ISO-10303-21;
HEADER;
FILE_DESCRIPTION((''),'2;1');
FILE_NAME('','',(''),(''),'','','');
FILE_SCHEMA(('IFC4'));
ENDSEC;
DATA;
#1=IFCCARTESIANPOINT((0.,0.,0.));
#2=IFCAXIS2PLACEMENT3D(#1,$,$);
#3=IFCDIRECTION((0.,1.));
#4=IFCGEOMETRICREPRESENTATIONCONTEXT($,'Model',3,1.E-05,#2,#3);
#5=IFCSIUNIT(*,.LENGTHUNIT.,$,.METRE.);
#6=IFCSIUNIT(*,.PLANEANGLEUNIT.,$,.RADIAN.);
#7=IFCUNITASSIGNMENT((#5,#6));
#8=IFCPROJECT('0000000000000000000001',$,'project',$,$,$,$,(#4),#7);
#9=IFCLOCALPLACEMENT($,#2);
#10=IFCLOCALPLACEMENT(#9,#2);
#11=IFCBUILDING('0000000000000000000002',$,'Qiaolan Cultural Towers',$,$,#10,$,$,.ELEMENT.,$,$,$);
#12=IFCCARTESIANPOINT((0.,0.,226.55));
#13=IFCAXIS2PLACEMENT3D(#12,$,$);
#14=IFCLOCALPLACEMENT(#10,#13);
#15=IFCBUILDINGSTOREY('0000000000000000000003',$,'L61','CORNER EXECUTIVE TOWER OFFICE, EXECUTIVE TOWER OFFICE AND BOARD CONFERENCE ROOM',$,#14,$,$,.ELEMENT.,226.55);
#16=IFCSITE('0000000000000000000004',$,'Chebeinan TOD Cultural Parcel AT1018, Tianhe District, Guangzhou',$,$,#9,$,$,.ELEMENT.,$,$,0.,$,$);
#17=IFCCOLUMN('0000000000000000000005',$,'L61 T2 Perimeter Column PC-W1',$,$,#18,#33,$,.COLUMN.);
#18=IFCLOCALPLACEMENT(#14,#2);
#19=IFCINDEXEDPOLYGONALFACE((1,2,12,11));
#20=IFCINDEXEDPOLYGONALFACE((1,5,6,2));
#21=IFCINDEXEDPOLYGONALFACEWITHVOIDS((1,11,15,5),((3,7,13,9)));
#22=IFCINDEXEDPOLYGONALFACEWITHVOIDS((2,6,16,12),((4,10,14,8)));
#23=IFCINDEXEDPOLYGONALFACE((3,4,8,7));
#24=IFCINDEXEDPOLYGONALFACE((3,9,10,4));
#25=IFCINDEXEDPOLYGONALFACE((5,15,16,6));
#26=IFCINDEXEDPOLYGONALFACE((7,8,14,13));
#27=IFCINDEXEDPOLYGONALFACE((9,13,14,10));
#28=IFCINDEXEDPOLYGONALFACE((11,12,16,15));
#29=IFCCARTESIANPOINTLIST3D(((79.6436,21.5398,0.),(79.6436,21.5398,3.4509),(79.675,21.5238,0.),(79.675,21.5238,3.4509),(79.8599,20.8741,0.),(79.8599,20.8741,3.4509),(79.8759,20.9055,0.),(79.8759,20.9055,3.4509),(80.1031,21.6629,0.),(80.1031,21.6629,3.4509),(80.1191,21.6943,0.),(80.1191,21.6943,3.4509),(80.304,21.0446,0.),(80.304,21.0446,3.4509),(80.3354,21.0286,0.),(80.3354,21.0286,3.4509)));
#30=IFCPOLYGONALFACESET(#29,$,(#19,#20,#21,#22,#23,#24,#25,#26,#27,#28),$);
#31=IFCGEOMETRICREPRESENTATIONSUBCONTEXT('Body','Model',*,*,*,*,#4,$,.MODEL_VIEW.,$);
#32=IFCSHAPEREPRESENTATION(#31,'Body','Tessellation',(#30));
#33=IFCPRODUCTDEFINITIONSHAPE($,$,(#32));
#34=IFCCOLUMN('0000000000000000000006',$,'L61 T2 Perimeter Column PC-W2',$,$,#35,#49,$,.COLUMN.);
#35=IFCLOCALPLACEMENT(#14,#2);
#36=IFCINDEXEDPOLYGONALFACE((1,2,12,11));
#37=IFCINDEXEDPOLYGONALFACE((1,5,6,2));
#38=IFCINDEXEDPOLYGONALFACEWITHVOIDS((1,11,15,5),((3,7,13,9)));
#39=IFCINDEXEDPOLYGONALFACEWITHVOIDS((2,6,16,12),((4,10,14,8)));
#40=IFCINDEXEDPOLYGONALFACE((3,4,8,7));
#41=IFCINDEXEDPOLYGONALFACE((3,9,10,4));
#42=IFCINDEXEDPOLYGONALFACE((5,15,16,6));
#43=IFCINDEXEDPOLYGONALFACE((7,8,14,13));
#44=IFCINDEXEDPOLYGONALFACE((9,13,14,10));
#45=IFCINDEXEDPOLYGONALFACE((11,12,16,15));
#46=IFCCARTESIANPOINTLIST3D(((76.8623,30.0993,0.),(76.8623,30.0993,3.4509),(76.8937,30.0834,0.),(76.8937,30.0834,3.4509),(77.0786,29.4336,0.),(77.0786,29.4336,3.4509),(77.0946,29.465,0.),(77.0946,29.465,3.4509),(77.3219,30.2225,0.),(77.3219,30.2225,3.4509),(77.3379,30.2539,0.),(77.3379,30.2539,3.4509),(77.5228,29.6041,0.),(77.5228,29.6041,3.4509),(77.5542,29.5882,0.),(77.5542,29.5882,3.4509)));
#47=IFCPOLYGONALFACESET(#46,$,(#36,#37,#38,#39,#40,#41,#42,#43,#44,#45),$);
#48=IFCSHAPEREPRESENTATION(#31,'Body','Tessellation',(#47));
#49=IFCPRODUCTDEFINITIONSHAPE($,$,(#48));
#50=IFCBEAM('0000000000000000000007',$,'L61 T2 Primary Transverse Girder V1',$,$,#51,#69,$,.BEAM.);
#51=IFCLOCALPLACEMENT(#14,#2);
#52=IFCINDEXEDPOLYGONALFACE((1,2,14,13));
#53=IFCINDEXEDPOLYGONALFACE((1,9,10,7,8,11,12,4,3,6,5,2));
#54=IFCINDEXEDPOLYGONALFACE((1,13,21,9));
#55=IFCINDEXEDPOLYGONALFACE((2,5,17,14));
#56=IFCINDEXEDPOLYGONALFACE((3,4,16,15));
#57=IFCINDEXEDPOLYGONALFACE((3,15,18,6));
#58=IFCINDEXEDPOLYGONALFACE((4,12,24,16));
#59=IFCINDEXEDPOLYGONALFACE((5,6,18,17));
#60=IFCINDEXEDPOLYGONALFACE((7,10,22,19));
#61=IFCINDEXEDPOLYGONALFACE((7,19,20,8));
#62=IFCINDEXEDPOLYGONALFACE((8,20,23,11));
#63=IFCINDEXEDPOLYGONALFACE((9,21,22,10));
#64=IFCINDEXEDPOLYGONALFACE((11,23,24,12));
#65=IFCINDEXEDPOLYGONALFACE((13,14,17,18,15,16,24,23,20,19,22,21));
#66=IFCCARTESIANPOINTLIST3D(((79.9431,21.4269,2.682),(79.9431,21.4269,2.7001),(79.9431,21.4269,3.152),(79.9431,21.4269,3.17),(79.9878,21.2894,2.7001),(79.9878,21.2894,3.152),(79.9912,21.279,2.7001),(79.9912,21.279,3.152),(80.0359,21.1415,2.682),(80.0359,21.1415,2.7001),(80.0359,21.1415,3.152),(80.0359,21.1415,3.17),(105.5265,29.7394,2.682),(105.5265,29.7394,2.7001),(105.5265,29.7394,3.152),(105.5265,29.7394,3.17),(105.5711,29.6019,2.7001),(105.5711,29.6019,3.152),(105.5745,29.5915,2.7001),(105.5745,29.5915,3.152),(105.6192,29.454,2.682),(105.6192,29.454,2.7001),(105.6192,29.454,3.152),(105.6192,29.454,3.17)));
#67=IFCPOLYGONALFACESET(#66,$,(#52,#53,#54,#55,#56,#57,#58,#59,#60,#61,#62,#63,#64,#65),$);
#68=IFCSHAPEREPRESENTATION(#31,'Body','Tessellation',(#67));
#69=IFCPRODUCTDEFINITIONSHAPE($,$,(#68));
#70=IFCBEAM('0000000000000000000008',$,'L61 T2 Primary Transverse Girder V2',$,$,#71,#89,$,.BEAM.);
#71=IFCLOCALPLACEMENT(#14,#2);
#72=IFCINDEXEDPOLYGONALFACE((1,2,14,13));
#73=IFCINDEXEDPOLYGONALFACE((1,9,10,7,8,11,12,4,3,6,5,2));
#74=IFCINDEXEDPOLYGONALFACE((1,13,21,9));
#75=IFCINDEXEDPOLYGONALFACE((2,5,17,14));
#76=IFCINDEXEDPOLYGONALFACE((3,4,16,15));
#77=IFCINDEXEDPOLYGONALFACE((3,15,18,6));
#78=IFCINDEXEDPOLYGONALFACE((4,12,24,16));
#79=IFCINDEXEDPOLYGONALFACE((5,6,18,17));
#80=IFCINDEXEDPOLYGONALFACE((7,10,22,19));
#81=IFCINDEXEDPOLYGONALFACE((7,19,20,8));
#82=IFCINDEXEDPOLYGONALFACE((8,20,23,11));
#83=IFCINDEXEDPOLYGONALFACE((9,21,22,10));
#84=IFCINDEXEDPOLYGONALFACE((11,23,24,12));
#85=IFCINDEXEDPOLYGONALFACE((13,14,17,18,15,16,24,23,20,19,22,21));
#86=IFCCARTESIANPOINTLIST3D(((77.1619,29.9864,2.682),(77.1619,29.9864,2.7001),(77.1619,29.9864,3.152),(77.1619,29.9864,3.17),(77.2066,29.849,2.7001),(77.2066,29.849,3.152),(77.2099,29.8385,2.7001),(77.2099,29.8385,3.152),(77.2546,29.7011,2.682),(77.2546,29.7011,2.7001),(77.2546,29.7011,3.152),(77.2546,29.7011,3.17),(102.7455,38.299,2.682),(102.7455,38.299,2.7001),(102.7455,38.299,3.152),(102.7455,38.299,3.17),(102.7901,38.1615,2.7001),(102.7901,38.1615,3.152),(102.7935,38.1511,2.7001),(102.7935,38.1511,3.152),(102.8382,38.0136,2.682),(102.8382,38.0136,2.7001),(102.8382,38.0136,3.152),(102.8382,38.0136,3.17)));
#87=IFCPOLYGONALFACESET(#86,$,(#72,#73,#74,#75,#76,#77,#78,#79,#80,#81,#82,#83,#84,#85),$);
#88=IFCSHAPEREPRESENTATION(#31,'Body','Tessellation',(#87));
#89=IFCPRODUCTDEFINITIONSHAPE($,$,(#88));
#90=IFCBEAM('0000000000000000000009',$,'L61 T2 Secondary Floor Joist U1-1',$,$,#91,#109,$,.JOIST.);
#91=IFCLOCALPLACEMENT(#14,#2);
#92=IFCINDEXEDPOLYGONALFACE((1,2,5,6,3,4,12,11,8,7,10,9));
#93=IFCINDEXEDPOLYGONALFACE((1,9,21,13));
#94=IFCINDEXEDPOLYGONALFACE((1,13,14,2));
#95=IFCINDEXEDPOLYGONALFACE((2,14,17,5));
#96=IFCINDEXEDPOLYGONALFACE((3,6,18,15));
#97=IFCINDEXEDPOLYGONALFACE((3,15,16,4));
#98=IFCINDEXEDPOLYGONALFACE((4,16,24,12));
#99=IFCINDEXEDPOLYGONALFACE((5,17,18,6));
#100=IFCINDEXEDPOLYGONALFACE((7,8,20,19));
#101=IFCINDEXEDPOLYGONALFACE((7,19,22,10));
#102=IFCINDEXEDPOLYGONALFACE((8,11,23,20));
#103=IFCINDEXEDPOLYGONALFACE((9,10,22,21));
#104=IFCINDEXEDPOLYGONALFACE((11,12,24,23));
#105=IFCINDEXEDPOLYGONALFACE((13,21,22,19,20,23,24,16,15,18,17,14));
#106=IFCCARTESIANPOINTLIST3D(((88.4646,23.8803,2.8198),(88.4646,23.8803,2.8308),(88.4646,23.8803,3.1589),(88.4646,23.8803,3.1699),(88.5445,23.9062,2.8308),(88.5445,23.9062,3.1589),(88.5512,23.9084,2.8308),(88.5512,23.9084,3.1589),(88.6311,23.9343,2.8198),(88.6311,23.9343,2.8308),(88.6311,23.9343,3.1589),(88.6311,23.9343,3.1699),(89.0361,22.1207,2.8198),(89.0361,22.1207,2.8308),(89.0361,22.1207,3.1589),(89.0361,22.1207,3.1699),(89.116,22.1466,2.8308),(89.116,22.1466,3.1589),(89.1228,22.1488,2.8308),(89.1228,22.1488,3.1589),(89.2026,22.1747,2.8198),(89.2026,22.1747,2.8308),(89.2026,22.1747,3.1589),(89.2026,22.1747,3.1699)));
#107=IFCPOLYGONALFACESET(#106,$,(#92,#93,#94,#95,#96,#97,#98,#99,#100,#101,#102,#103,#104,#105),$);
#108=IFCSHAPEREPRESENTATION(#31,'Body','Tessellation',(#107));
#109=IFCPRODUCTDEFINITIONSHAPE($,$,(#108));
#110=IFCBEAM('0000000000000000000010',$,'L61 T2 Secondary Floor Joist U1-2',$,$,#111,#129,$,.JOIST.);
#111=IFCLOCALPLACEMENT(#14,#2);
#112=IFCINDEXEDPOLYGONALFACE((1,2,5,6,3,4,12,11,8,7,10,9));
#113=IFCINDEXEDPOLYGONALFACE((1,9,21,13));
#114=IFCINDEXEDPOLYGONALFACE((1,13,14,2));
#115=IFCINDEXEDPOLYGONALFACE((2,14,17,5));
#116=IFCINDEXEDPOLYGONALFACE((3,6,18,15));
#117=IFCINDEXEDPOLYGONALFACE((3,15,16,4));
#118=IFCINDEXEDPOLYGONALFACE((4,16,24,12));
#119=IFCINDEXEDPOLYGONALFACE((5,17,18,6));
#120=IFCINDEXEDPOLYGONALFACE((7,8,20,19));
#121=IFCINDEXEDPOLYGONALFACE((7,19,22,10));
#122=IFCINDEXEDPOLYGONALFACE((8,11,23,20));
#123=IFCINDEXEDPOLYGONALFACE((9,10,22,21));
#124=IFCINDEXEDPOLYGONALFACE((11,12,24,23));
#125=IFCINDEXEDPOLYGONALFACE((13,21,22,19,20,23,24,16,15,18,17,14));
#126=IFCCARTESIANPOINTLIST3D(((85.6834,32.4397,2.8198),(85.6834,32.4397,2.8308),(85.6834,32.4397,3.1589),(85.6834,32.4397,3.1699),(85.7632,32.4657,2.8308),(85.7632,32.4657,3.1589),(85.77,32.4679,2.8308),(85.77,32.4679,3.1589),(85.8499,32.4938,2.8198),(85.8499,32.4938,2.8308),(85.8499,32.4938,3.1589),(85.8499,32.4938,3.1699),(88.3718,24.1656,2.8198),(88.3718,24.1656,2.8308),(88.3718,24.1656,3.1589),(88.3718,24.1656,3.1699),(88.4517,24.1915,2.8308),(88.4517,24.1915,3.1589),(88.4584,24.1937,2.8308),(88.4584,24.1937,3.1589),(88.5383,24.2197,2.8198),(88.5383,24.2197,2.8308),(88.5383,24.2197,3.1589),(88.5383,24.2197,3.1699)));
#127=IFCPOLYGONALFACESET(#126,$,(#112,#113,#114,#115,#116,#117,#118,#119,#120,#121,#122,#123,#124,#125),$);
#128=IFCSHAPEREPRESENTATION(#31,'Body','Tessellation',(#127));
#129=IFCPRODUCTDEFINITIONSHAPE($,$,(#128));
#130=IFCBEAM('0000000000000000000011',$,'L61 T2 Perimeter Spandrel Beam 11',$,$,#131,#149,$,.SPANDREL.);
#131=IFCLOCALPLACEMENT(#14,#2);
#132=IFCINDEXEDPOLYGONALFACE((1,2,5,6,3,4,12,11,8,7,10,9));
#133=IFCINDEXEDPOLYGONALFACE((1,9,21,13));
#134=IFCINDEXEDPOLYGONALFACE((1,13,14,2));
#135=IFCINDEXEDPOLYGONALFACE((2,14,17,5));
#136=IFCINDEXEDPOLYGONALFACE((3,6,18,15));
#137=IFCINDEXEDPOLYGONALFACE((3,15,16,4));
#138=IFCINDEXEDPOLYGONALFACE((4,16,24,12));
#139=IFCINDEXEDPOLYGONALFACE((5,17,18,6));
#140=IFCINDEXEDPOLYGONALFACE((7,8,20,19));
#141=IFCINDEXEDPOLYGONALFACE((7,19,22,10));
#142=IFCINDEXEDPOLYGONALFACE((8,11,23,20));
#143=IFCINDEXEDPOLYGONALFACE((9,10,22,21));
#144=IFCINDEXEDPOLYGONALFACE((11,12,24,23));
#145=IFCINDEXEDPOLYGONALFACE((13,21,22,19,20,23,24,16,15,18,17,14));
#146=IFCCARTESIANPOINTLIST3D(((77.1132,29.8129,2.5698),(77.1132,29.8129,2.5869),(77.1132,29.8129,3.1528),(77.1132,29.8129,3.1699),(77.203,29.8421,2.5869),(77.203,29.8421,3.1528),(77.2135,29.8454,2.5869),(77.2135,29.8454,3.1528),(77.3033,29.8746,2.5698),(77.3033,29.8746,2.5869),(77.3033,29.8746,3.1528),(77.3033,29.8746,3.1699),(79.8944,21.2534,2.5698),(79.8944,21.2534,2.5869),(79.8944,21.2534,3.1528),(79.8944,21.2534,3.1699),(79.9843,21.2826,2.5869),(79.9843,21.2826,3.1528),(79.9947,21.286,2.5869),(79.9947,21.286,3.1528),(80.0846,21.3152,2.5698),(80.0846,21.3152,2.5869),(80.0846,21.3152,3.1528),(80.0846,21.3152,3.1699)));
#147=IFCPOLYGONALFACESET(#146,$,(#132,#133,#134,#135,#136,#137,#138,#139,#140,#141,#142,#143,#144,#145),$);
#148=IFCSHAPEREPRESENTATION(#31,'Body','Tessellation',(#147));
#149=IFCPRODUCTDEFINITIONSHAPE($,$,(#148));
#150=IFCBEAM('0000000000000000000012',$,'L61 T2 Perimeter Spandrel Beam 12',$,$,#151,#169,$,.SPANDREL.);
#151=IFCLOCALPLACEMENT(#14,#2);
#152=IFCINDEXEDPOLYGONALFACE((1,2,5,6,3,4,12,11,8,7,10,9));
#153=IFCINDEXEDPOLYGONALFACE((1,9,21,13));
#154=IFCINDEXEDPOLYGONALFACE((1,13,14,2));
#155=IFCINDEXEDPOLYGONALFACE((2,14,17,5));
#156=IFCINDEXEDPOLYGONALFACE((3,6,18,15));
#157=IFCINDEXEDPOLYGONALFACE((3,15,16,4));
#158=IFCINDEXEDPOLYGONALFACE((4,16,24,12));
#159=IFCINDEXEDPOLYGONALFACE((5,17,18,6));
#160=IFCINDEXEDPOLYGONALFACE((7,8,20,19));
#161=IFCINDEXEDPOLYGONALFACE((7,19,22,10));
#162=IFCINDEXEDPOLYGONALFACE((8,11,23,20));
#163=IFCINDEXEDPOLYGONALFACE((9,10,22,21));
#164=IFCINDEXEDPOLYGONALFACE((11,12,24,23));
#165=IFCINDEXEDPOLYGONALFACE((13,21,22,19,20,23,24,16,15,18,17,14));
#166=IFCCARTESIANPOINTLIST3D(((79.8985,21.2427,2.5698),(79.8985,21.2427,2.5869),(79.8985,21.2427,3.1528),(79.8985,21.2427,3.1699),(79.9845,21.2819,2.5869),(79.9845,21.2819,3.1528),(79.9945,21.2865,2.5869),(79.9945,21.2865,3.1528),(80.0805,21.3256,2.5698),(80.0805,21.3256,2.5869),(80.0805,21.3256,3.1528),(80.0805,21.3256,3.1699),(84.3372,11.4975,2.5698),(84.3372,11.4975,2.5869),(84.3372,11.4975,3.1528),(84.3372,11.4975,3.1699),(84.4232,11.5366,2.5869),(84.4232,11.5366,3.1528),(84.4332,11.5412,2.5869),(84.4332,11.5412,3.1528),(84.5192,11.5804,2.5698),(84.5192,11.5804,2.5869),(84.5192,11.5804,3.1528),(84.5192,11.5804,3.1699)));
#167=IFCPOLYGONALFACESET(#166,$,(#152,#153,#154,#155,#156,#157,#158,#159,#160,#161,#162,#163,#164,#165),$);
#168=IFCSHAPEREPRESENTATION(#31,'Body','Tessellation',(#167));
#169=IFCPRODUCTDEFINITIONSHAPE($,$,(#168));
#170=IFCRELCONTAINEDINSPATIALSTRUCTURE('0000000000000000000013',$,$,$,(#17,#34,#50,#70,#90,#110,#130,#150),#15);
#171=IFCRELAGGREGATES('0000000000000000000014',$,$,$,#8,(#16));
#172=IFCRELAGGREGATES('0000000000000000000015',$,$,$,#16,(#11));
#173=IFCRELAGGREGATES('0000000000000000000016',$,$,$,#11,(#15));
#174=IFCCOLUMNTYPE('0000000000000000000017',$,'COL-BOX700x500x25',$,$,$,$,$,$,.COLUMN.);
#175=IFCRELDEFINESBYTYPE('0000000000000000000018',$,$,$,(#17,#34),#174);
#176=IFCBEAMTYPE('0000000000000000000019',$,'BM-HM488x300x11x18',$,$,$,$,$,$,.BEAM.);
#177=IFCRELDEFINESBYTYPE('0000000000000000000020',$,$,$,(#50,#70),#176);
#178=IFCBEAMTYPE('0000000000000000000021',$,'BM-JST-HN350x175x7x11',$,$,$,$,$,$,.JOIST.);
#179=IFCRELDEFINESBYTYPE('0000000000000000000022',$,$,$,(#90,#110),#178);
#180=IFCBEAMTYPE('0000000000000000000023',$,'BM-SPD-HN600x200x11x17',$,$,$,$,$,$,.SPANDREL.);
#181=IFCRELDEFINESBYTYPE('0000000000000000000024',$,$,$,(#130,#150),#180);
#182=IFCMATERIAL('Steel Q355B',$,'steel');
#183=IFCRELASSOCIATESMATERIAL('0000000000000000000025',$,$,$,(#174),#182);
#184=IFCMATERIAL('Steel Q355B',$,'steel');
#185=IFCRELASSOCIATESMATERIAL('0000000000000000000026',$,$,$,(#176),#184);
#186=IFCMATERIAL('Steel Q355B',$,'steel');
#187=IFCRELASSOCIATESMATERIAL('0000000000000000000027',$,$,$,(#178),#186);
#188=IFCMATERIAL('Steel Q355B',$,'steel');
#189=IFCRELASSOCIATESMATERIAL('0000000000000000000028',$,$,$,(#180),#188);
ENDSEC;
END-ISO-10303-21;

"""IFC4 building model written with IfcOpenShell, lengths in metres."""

from ifc_helpers import new_model, si_unit, direction, frame, origin, origin_2d, place, context, subcontext, project, spatial, hollow_rectangle, i_section, extrude, material, material_profile, profile_set, type_object, element, save


model = new_model("IFC4")

# Units and contexts
model_context = context("Model", 3, precision=1e-05, world=origin(), true_north=direction((0.0, 1.0)))
body_context = subcontext(model_context, "Body", "Model", "MODEL_VIEW")
ifc_project = project(units=[si_unit("LENGTHUNIT", "METRE"), si_unit("PLANEANGLEUNIT", "RADIAN")], contexts=[model_context])

# Site, building, storey
site_placement = place(None, origin())
site = spatial("IfcSite", under=ifc_project, at=site_placement, Name="Chebeinan TOD Cultural Parcel AT1018, Tianhe District, Guangzhou", CompositionType="ELEMENT", RefElevation=0.0)
building_placement = place(site_placement, origin())
building = spatial("IfcBuilding", under=site, at=building_placement, Name="Qiaolan Cultural Towers", CompositionType="ELEMENT")
storey_placement = place(building_placement, frame((0.0, 0.0, 226.55)))
storey = spatial("IfcBuildingStorey", under=building, at=storey_placement, Name="L61", Description="CORNER EXECUTIVE TOWER OFFICE, EXECUTIVE TOWER OFFICE AND BOARD CONFERENCE ROOM", CompositionType="ELEMENT", Elevation=226.55)

# Columns
ifc_material_1 = material(Name="Steel Q355B", Category="steel")
ifc_material_profile_1 = material_profile(ifc_material_1, hollow_rectangle(XDim=0.5, YDim=0.7, WallThickness=0.0249, at=origin_2d()), Name="BOX700x500x25")
ifc_profile_set_1 = profile_set([ifc_material_profile_1], Name="Steel Q355B")
column_type = type_object("IfcColumnType", Name="COL-BOX700x500x25", PredefinedType="COLUMN", material=ifc_profile_set_1)
for number, where, z_axis, x_axis, name in (
    (1, (79.9895, 21.2842, 0.0), (0.0, 0.0, 1.0), (0.951057, 0.309017, 0.0), "L61 T2 Perimeter Column PC-W1"),
    (2, (77.2083, 29.8438, 0.0), (0.0, 0.0, 1.0), (0.951057, 0.309017, 0.0), "L61 T2 Perimeter Column PC-W2"),
):
    element("IfcColumn", number, at=place(storey_placement, frame(where, z_axis=z_axis, x_axis=x_axis)), inside=storey, type_object=column_type, Name=name, PredefinedType="COLUMN", context=body_context, shape_type="SweptSolid", body=[
        extrude(hollow_rectangle(XDim=0.5, YDim=0.7, WallThickness=0.0249, at=origin_2d()), origin(), (0.0, 0.0, 1.0), 3.4509),
    ])

# Beams
ifc_material_2 = material(Name="Steel Q355B", Category="steel")
ifc_material_profile_2 = material_profile(ifc_material_2, i_section(OverallWidth=0.3, OverallDepth=0.488, WebThickness=0.011, FlangeThickness=0.0181, at=origin_2d()), Name="HM488x300x11x18")
ifc_profile_set_2 = profile_set([ifc_material_profile_2], Name="Steel Q355B")
beam_type_1 = type_object("IfcBeamType", Name="BM-HM488x300x11x18", PredefinedType="BEAM", material=ifc_profile_set_2)
beam_1_placement = place(storey_placement, frame((79.9895, 21.2842, 2.926), z_axis=(0.951057, 0.309017, 0.0), x_axis=(-0.309017, 0.951057, 0.0)))
element("IfcBeam", 3, at=beam_1_placement, inside=storey, type_object=beam_type_1, Name="L61 T2 Primary Transverse Girder V1", PredefinedType="BEAM", context=body_context, shape_type="SweptSolid", body=[
    extrude(i_section(OverallWidth=0.3, OverallDepth=0.488, WebThickness=0.011, FlangeThickness=0.0181, at=origin_2d()), origin(), (0.0, 0.0, 1.0), 26.8999),
])
beam_2_placement = place(storey_placement, frame((77.2083, 29.8438, 2.926), z_axis=(0.951057, 0.309014, 0.0), x_axis=(-0.309014, 0.951057, 0.0)))
element("IfcBeam", 4, at=beam_2_placement, inside=storey, type_object=beam_type_1, Name="L61 T2 Primary Transverse Girder V2", PredefinedType="BEAM", context=body_context, shape_type="SweptSolid", body=[
    extrude(i_section(OverallWidth=0.3, OverallDepth=0.488, WebThickness=0.011, FlangeThickness=0.0181, at=origin_2d()), origin(), (0.0, 0.0, 1.0), 26.9001),
])
ifc_material_3 = material(Name="Steel Q355B", Category="steel")
ifc_material_profile_3 = material_profile(ifc_material_3, i_section(OverallWidth=0.175, OverallDepth=0.3501, WebThickness=0.0071, FlangeThickness=0.011, at=origin_2d()), Name="HN350x175x7x11")
ifc_profile_set_3 = profile_set([ifc_material_profile_3], Name="Steel Q355B")
beam_type_2 = type_object("IfcBeamType", Name="BM-JST-HN350x175x7x11", PredefinedType="JOIST", material=ifc_profile_set_3)
beam_3_placement = place(storey_placement, frame((89.1194, 22.1477, 2.9949), z_axis=(-0.308934, 0.951084, 0.0), x_axis=(-0.951084, -0.308934, 0.0)))
element("IfcBeam", 5, at=beam_3_placement, inside=storey, type_object=beam_type_2, Name="L61 T2 Secondary Floor Joist U1-1", PredefinedType="JOIST", context=body_context, shape_type="SweptSolid", body=[
    extrude(i_section(OverallWidth=0.175, OverallDepth=0.3501, WebThickness=0.0071, FlangeThickness=0.011, at=origin_2d()), origin(), (0.0, 0.0, 1.0), 1.8501),
])
beam_4_placement = place(storey_placement, frame((88.4551, 24.1926, 2.9949), z_axis=(-0.309021, 0.951055, 0.0), x_axis=(-0.951055, -0.309021, 0.0)))
element("IfcBeam", 6, at=beam_4_placement, inside=storey, type_object=beam_type_2, Name="L61 T2 Secondary Floor Joist U1-2", PredefinedType="JOIST", context=body_context, shape_type="SweptSolid", body=[
    extrude(i_section(OverallWidth=0.175, OverallDepth=0.3501, WebThickness=0.0071, FlangeThickness=0.011, at=origin_2d()), origin(), (0.0, 0.0, 1.0), 8.7),
])
ifc_material_4 = material(Name="Steel Q355B", Category="steel")
ifc_material_profile_4 = material_profile(ifc_material_4, i_section(OverallWidth=0.2, OverallDepth=0.6001, WebThickness=0.011, FlangeThickness=0.0171, at=origin_2d()), Name="HN600x200x11x17")
ifc_profile_set_4 = profile_set([ifc_material_profile_4], Name="Steel Q355B")
beam_type_3 = type_object("IfcBeamType", Name="BM-SPD-HN600x200x11x17", PredefinedType="SPANDREL", material=ifc_profile_set_4)
beam_5_placement = place(storey_placement, frame((77.2083, 29.8438, 2.8699), z_axis=(0.309025, -0.951054, 0.0), x_axis=(0.951054, 0.309025, 0.0)))
element("IfcBeam", 7, at=beam_5_placement, inside=storey, type_object=beam_type_3, Name="L61 T2 Perimeter Spandrel Beam 11", PredefinedType="SPANDREL", context=body_context, shape_type="SweptSolid", body=[
    extrude(i_section(OverallWidth=0.2, OverallDepth=0.6001, WebThickness=0.011, FlangeThickness=0.0171, at=origin_2d()), origin(), (0.0, 0.0, 1.0), 9.0),
])
beam_6_placement = place(storey_placement, frame((79.9895, 21.2842, 2.8699), z_axis=(0.4145, -0.910049, 0.0), x_axis=(0.910049, 0.4145, 0.0)))
element("IfcBeam", 8, at=beam_6_placement, inside=storey, type_object=beam_type_3, Name="L61 T2 Perimeter Spandrel Beam 12", PredefinedType="SPANDREL", context=body_context, shape_type="SweptSolid", body=[
    extrude(i_section(OverallWidth=0.2, OverallDepth=0.6001, WebThickness=0.011, FlangeThickness=0.0171, at=origin_2d()), origin(), (0.0, 0.0, 1.0), 10.7085),
])

save(model, "model.ifc")
